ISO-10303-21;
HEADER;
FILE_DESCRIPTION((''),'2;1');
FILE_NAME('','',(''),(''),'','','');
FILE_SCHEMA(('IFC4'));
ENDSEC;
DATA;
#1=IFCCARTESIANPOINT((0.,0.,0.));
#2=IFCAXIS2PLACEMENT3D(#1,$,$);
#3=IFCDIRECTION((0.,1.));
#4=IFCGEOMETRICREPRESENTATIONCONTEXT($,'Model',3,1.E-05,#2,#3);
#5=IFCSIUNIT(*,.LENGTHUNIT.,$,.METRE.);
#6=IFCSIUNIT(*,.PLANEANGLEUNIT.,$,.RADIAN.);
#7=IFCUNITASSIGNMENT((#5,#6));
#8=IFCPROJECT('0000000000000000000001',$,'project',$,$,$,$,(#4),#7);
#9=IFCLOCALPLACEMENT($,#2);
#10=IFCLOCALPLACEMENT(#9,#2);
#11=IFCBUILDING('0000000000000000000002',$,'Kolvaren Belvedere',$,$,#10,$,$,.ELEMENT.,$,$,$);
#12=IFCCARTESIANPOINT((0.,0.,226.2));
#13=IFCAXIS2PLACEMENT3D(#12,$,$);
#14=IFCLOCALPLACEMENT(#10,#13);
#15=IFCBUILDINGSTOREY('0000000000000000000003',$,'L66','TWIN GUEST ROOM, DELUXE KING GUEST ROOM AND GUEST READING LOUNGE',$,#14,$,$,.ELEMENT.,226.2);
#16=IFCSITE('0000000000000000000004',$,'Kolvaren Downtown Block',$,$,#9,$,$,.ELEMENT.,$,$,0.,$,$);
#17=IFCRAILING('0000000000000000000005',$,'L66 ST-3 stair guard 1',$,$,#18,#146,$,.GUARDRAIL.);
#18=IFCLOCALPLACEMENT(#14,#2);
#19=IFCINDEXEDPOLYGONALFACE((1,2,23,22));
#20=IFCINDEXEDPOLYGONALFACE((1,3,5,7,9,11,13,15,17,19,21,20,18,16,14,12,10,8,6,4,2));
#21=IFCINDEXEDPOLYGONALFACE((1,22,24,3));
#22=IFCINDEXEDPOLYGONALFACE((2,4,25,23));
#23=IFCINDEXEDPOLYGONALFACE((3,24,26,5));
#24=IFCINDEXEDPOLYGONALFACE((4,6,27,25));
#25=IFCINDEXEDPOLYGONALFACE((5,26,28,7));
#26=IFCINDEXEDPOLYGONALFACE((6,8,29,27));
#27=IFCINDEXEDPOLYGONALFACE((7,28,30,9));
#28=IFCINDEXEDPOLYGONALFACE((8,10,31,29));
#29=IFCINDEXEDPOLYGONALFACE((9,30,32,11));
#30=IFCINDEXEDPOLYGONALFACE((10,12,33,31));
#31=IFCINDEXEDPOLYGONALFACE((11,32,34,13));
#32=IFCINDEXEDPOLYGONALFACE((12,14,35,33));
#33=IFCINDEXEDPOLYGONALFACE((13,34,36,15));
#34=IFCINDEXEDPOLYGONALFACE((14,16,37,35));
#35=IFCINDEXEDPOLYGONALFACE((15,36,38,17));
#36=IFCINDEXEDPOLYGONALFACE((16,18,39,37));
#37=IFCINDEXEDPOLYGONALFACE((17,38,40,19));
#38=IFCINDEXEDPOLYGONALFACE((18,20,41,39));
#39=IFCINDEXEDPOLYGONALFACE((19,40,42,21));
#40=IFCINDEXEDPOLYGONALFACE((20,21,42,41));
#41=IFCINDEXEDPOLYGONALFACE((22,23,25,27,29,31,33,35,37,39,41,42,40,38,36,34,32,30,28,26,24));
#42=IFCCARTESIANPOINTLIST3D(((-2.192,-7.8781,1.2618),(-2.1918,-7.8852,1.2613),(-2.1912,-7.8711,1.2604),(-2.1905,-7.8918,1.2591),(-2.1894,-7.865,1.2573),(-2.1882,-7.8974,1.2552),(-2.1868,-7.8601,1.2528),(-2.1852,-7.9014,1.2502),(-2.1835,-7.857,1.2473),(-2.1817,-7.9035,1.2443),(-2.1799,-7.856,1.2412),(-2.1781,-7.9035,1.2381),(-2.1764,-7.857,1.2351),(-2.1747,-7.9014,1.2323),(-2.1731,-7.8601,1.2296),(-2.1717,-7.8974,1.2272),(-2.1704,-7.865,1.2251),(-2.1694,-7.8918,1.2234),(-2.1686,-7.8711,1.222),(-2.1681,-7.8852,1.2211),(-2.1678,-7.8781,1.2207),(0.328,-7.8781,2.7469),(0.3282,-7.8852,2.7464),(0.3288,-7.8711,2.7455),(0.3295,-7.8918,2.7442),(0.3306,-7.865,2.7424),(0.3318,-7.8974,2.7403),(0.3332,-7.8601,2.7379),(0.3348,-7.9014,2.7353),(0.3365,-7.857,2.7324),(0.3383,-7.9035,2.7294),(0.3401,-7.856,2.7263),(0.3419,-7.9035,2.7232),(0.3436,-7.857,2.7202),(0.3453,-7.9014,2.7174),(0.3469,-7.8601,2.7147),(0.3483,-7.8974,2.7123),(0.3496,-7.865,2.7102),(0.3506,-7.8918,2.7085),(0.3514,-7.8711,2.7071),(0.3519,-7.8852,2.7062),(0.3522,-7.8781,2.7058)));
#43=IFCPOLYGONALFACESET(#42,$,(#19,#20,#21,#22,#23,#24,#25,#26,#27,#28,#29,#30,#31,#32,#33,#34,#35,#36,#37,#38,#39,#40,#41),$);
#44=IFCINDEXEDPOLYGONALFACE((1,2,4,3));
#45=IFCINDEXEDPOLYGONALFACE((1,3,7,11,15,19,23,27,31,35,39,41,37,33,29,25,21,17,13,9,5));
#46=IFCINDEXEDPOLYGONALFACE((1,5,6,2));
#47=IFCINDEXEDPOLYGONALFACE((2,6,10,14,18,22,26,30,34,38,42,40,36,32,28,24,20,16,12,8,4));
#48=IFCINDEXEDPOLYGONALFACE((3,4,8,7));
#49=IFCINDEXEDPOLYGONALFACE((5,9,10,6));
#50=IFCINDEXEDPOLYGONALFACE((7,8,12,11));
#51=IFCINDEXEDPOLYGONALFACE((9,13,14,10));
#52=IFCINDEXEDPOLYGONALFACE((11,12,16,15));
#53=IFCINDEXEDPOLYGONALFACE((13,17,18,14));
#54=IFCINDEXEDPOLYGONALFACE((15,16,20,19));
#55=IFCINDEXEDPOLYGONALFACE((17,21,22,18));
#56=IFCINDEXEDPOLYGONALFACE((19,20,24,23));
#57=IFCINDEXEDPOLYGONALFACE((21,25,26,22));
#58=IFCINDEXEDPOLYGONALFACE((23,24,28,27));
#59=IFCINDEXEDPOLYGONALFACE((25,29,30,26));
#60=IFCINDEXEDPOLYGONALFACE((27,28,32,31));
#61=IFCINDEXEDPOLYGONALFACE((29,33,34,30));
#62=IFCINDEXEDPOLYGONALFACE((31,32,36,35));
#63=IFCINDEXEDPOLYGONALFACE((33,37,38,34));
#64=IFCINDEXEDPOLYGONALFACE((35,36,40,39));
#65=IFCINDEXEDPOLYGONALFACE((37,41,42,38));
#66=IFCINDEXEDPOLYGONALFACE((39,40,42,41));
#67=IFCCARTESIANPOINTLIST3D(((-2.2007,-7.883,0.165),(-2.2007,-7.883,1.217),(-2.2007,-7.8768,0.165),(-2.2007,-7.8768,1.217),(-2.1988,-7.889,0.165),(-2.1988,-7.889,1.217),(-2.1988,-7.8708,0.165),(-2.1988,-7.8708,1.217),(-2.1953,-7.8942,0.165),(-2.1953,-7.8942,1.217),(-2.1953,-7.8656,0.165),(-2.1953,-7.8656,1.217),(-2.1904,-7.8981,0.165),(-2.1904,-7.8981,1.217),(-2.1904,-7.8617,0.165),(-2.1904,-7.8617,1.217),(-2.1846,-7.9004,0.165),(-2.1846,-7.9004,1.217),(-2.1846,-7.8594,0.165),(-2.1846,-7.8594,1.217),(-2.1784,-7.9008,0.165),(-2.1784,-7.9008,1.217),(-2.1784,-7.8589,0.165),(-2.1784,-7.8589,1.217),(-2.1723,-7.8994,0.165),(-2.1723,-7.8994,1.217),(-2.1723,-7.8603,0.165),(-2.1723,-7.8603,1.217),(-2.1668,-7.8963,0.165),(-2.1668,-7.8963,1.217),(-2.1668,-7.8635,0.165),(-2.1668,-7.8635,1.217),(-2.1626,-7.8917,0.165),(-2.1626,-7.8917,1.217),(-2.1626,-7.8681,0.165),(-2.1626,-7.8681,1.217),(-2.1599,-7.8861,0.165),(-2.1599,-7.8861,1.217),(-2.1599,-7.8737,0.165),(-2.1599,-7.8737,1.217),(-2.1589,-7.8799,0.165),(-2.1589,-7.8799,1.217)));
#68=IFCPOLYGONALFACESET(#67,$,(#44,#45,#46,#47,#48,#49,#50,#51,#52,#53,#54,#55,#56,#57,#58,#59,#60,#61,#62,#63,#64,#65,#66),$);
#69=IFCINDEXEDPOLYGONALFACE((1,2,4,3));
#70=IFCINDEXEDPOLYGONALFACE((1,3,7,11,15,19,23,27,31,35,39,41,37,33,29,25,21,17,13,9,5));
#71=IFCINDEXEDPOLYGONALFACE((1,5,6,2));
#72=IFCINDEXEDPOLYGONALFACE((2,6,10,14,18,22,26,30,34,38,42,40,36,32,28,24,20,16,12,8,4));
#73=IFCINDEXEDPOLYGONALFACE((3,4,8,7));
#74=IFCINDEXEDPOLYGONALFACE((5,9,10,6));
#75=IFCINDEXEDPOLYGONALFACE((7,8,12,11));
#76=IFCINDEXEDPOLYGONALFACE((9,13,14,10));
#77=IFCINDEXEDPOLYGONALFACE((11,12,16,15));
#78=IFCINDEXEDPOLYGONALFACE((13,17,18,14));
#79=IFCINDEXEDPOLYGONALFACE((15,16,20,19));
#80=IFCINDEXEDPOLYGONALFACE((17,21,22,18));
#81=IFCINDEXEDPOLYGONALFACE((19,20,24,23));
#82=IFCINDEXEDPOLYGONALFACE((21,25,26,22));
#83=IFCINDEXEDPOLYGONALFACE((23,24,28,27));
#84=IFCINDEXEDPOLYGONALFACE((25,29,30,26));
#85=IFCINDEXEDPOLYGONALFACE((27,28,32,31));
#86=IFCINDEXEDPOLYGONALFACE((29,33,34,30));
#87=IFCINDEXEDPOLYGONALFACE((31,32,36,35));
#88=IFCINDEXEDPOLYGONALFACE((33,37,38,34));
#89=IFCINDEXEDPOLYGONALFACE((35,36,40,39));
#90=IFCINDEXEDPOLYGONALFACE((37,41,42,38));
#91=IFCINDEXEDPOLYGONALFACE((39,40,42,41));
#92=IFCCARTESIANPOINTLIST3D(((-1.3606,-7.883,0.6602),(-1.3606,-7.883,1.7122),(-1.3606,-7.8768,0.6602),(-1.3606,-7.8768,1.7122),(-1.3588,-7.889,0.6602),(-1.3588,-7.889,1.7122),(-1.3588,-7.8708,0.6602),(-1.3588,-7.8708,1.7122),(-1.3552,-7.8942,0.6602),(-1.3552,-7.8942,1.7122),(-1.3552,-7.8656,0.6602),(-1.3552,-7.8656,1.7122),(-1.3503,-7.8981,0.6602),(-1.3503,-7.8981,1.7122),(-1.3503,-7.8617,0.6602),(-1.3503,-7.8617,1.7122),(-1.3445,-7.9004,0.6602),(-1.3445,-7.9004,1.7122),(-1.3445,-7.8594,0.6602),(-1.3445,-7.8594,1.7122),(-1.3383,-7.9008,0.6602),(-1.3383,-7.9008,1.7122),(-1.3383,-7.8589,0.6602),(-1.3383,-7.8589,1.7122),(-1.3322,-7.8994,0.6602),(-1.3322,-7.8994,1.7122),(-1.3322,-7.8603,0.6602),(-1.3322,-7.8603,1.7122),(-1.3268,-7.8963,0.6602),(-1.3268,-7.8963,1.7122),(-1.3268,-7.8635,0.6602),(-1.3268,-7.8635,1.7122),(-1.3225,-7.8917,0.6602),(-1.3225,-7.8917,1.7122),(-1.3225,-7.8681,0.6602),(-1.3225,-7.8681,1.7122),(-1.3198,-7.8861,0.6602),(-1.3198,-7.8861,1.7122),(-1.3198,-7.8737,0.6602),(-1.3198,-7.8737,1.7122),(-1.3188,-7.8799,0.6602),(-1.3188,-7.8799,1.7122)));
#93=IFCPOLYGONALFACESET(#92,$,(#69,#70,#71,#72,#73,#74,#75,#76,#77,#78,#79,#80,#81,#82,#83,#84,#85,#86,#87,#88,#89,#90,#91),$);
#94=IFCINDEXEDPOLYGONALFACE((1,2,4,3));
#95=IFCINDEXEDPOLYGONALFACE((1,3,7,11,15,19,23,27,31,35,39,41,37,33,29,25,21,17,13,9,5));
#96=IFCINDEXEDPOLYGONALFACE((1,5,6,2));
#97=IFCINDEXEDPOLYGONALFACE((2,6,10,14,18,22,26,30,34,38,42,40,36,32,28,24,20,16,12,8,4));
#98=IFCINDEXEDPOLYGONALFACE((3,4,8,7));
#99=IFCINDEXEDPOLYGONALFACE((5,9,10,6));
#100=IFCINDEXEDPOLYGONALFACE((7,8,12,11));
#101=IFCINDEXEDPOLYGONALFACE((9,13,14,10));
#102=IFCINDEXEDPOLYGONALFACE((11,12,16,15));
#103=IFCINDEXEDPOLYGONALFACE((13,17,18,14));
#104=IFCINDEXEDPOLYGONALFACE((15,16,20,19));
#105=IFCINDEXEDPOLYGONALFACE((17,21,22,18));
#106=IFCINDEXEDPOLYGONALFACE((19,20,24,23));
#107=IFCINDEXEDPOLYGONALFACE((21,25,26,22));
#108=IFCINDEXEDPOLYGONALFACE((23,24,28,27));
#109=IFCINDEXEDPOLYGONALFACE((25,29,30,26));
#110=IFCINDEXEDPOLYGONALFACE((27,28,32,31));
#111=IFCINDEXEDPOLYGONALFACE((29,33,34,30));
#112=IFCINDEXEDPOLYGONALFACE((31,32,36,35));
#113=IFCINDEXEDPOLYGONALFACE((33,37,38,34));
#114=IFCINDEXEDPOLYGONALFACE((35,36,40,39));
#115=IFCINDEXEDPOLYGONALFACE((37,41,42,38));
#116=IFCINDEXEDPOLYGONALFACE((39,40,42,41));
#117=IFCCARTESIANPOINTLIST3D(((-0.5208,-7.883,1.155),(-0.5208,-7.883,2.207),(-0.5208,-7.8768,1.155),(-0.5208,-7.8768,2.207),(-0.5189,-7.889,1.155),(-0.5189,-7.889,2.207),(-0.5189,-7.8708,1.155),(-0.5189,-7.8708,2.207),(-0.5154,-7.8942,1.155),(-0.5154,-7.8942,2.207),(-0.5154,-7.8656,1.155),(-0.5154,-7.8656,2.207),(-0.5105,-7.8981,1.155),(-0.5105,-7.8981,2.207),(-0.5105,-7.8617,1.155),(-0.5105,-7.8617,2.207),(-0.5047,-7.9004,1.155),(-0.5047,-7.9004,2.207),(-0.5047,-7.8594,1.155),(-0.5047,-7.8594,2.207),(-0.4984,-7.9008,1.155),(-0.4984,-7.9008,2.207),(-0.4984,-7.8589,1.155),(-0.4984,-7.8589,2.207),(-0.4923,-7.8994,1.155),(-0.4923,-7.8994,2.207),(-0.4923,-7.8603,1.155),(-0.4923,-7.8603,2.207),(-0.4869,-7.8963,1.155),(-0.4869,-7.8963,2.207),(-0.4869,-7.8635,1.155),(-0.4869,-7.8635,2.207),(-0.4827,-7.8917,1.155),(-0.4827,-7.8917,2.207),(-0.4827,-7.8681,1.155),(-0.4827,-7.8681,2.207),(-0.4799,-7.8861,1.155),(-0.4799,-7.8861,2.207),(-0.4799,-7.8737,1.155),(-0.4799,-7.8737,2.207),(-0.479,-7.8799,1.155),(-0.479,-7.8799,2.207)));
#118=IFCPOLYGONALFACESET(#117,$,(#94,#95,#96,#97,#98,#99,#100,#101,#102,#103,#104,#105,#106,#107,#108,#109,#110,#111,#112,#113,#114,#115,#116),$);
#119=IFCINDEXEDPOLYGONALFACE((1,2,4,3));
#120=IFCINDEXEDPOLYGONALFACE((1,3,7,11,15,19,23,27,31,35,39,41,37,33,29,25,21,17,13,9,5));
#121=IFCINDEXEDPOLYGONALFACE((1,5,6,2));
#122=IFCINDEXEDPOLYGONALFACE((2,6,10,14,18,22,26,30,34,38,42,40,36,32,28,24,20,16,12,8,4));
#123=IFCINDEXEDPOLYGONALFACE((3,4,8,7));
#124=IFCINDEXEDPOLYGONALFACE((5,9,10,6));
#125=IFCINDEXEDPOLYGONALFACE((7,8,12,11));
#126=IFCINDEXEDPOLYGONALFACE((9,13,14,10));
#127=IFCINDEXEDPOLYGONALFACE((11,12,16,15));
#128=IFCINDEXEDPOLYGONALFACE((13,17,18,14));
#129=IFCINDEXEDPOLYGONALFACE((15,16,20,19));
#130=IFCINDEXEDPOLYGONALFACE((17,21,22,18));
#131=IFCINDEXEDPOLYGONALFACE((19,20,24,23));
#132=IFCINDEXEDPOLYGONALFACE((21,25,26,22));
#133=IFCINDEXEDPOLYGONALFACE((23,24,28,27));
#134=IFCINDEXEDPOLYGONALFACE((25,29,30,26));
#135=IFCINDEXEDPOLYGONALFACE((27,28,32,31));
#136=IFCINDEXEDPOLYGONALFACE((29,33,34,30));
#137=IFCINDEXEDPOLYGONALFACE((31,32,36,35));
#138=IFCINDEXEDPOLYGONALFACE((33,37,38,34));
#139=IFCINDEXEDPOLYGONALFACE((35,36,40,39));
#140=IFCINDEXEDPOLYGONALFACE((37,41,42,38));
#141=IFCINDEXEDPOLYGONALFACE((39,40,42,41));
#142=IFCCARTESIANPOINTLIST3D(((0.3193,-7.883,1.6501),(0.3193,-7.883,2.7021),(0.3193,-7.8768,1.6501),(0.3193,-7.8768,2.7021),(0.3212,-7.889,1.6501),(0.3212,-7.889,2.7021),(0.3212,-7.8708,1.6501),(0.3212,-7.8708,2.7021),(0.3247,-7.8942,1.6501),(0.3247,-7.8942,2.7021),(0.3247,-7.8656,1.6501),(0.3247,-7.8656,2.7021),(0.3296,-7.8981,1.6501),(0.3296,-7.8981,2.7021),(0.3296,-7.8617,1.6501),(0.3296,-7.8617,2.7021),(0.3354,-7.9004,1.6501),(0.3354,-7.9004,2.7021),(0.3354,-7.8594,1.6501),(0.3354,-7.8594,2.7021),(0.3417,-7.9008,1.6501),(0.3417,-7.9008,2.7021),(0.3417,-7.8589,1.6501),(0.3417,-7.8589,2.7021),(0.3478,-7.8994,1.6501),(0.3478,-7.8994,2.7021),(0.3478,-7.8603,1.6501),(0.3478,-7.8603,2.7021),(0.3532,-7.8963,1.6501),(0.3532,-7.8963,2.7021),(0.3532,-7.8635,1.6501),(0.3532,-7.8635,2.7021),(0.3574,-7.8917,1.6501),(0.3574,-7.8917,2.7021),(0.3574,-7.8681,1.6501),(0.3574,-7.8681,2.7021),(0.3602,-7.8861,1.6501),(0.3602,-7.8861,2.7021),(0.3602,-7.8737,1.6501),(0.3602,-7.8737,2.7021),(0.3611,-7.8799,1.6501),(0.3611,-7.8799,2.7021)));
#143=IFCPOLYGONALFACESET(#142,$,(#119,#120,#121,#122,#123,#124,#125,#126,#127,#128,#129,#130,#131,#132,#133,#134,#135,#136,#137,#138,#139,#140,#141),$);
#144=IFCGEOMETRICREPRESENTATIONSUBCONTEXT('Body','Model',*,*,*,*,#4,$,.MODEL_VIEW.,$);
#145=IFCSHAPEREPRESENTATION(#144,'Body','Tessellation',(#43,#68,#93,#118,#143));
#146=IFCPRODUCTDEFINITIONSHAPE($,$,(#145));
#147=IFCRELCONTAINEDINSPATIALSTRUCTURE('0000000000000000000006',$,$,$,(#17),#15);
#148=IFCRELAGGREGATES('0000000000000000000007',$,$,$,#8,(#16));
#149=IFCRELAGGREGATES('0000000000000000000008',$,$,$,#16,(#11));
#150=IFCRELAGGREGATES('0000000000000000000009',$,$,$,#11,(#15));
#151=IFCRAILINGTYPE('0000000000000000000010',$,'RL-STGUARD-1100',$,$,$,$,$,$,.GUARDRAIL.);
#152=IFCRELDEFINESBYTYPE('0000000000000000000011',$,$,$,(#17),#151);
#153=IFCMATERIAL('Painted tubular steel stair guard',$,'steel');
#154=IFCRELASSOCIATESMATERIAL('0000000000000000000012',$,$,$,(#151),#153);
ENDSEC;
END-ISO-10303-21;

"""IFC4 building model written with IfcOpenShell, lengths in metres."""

from ifc_helpers import new_model, si_unit, direction, frame, origin, origin_2d, place, context, subcontext, project, spatial, circle, extrude, material, type_object, element, save


model = new_model("IFC4")

# Units and contexts
model_context = context("Model", 3, precision=1e-05, world=origin(), true_north=direction((0.0, 1.0)))
body_context = subcontext(model_context, "Body", "Model", "MODEL_VIEW")
ifc_project = project(units=[si_unit("LENGTHUNIT", "METRE"), si_unit("PLANEANGLEUNIT", "RADIAN")], contexts=[model_context])

# Site, building, storey
site_placement = place(None, origin())
site = spatial("IfcSite", under=ifc_project, at=site_placement, Name="Kolvaren Downtown Block", CompositionType="ELEMENT", RefElevation=0.0)
building_placement = place(site_placement, origin())
building = spatial("IfcBuilding", under=site, at=building_placement, Name="Kolvaren Belvedere", CompositionType="ELEMENT")
storey_placement = place(building_placement, frame((0.0, 0.0, 226.2)))
storey = spatial("IfcBuildingStorey", under=building, at=storey_placement, Name="L66", Description="TWIN GUEST ROOM, DELUXE KING GUEST ROOM AND GUEST READING LOUNGE", CompositionType="ELEMENT", Elevation=226.2)

# Railing
ifc_material_1 = material(Name="Painted tubular steel stair guard", Category="steel")
railing_type_1 = type_object("IfcRailingType", Name="RL-STGUARD-1100", PredefinedType="GUARDRAIL", material=ifc_material_1)
railing_1_placement = place(storey_placement, frame((-2.1799, -7.8799, 0.165)))
element("IfcRailing", 1, at=railing_1_placement, inside=storey, type_object=railing_type_1, Name="L66 ST-3 stair guard 1", PredefinedType="GUARDRAIL", context=body_context, shape_type="SweptSolid", body=[
    extrude(circle(Radius=0.0239, at=origin_2d()), frame((0.0, 0.0, 1.0762), z_axis=(0.861524, 0.0, 0.507717), x_axis=(0.0, 1.0, 0.0)), (0.0, 0.0, 1.0), 2.925),
    extrude(circle(Radius=0.021, at=origin_2d()), origin(), (0.0, 0.0, 1.0), 1.052),
    extrude(circle(Radius=0.021, at=origin_2d()), frame((0.8401, 0.0, 0.4951)), (0.0, 0.0, 1.0), 1.052),
    extrude(circle(Radius=0.021, at=origin_2d()), frame((1.6799, 0.0, 0.99)), (0.0, 0.0, 1.0), 1.052),
    extrude(circle(Radius=0.021, at=origin_2d()), frame((2.52, 0.0, 1.4851)), (0.0, 0.0, 1.0), 1.052),
])

save(model, "model.ifc")
